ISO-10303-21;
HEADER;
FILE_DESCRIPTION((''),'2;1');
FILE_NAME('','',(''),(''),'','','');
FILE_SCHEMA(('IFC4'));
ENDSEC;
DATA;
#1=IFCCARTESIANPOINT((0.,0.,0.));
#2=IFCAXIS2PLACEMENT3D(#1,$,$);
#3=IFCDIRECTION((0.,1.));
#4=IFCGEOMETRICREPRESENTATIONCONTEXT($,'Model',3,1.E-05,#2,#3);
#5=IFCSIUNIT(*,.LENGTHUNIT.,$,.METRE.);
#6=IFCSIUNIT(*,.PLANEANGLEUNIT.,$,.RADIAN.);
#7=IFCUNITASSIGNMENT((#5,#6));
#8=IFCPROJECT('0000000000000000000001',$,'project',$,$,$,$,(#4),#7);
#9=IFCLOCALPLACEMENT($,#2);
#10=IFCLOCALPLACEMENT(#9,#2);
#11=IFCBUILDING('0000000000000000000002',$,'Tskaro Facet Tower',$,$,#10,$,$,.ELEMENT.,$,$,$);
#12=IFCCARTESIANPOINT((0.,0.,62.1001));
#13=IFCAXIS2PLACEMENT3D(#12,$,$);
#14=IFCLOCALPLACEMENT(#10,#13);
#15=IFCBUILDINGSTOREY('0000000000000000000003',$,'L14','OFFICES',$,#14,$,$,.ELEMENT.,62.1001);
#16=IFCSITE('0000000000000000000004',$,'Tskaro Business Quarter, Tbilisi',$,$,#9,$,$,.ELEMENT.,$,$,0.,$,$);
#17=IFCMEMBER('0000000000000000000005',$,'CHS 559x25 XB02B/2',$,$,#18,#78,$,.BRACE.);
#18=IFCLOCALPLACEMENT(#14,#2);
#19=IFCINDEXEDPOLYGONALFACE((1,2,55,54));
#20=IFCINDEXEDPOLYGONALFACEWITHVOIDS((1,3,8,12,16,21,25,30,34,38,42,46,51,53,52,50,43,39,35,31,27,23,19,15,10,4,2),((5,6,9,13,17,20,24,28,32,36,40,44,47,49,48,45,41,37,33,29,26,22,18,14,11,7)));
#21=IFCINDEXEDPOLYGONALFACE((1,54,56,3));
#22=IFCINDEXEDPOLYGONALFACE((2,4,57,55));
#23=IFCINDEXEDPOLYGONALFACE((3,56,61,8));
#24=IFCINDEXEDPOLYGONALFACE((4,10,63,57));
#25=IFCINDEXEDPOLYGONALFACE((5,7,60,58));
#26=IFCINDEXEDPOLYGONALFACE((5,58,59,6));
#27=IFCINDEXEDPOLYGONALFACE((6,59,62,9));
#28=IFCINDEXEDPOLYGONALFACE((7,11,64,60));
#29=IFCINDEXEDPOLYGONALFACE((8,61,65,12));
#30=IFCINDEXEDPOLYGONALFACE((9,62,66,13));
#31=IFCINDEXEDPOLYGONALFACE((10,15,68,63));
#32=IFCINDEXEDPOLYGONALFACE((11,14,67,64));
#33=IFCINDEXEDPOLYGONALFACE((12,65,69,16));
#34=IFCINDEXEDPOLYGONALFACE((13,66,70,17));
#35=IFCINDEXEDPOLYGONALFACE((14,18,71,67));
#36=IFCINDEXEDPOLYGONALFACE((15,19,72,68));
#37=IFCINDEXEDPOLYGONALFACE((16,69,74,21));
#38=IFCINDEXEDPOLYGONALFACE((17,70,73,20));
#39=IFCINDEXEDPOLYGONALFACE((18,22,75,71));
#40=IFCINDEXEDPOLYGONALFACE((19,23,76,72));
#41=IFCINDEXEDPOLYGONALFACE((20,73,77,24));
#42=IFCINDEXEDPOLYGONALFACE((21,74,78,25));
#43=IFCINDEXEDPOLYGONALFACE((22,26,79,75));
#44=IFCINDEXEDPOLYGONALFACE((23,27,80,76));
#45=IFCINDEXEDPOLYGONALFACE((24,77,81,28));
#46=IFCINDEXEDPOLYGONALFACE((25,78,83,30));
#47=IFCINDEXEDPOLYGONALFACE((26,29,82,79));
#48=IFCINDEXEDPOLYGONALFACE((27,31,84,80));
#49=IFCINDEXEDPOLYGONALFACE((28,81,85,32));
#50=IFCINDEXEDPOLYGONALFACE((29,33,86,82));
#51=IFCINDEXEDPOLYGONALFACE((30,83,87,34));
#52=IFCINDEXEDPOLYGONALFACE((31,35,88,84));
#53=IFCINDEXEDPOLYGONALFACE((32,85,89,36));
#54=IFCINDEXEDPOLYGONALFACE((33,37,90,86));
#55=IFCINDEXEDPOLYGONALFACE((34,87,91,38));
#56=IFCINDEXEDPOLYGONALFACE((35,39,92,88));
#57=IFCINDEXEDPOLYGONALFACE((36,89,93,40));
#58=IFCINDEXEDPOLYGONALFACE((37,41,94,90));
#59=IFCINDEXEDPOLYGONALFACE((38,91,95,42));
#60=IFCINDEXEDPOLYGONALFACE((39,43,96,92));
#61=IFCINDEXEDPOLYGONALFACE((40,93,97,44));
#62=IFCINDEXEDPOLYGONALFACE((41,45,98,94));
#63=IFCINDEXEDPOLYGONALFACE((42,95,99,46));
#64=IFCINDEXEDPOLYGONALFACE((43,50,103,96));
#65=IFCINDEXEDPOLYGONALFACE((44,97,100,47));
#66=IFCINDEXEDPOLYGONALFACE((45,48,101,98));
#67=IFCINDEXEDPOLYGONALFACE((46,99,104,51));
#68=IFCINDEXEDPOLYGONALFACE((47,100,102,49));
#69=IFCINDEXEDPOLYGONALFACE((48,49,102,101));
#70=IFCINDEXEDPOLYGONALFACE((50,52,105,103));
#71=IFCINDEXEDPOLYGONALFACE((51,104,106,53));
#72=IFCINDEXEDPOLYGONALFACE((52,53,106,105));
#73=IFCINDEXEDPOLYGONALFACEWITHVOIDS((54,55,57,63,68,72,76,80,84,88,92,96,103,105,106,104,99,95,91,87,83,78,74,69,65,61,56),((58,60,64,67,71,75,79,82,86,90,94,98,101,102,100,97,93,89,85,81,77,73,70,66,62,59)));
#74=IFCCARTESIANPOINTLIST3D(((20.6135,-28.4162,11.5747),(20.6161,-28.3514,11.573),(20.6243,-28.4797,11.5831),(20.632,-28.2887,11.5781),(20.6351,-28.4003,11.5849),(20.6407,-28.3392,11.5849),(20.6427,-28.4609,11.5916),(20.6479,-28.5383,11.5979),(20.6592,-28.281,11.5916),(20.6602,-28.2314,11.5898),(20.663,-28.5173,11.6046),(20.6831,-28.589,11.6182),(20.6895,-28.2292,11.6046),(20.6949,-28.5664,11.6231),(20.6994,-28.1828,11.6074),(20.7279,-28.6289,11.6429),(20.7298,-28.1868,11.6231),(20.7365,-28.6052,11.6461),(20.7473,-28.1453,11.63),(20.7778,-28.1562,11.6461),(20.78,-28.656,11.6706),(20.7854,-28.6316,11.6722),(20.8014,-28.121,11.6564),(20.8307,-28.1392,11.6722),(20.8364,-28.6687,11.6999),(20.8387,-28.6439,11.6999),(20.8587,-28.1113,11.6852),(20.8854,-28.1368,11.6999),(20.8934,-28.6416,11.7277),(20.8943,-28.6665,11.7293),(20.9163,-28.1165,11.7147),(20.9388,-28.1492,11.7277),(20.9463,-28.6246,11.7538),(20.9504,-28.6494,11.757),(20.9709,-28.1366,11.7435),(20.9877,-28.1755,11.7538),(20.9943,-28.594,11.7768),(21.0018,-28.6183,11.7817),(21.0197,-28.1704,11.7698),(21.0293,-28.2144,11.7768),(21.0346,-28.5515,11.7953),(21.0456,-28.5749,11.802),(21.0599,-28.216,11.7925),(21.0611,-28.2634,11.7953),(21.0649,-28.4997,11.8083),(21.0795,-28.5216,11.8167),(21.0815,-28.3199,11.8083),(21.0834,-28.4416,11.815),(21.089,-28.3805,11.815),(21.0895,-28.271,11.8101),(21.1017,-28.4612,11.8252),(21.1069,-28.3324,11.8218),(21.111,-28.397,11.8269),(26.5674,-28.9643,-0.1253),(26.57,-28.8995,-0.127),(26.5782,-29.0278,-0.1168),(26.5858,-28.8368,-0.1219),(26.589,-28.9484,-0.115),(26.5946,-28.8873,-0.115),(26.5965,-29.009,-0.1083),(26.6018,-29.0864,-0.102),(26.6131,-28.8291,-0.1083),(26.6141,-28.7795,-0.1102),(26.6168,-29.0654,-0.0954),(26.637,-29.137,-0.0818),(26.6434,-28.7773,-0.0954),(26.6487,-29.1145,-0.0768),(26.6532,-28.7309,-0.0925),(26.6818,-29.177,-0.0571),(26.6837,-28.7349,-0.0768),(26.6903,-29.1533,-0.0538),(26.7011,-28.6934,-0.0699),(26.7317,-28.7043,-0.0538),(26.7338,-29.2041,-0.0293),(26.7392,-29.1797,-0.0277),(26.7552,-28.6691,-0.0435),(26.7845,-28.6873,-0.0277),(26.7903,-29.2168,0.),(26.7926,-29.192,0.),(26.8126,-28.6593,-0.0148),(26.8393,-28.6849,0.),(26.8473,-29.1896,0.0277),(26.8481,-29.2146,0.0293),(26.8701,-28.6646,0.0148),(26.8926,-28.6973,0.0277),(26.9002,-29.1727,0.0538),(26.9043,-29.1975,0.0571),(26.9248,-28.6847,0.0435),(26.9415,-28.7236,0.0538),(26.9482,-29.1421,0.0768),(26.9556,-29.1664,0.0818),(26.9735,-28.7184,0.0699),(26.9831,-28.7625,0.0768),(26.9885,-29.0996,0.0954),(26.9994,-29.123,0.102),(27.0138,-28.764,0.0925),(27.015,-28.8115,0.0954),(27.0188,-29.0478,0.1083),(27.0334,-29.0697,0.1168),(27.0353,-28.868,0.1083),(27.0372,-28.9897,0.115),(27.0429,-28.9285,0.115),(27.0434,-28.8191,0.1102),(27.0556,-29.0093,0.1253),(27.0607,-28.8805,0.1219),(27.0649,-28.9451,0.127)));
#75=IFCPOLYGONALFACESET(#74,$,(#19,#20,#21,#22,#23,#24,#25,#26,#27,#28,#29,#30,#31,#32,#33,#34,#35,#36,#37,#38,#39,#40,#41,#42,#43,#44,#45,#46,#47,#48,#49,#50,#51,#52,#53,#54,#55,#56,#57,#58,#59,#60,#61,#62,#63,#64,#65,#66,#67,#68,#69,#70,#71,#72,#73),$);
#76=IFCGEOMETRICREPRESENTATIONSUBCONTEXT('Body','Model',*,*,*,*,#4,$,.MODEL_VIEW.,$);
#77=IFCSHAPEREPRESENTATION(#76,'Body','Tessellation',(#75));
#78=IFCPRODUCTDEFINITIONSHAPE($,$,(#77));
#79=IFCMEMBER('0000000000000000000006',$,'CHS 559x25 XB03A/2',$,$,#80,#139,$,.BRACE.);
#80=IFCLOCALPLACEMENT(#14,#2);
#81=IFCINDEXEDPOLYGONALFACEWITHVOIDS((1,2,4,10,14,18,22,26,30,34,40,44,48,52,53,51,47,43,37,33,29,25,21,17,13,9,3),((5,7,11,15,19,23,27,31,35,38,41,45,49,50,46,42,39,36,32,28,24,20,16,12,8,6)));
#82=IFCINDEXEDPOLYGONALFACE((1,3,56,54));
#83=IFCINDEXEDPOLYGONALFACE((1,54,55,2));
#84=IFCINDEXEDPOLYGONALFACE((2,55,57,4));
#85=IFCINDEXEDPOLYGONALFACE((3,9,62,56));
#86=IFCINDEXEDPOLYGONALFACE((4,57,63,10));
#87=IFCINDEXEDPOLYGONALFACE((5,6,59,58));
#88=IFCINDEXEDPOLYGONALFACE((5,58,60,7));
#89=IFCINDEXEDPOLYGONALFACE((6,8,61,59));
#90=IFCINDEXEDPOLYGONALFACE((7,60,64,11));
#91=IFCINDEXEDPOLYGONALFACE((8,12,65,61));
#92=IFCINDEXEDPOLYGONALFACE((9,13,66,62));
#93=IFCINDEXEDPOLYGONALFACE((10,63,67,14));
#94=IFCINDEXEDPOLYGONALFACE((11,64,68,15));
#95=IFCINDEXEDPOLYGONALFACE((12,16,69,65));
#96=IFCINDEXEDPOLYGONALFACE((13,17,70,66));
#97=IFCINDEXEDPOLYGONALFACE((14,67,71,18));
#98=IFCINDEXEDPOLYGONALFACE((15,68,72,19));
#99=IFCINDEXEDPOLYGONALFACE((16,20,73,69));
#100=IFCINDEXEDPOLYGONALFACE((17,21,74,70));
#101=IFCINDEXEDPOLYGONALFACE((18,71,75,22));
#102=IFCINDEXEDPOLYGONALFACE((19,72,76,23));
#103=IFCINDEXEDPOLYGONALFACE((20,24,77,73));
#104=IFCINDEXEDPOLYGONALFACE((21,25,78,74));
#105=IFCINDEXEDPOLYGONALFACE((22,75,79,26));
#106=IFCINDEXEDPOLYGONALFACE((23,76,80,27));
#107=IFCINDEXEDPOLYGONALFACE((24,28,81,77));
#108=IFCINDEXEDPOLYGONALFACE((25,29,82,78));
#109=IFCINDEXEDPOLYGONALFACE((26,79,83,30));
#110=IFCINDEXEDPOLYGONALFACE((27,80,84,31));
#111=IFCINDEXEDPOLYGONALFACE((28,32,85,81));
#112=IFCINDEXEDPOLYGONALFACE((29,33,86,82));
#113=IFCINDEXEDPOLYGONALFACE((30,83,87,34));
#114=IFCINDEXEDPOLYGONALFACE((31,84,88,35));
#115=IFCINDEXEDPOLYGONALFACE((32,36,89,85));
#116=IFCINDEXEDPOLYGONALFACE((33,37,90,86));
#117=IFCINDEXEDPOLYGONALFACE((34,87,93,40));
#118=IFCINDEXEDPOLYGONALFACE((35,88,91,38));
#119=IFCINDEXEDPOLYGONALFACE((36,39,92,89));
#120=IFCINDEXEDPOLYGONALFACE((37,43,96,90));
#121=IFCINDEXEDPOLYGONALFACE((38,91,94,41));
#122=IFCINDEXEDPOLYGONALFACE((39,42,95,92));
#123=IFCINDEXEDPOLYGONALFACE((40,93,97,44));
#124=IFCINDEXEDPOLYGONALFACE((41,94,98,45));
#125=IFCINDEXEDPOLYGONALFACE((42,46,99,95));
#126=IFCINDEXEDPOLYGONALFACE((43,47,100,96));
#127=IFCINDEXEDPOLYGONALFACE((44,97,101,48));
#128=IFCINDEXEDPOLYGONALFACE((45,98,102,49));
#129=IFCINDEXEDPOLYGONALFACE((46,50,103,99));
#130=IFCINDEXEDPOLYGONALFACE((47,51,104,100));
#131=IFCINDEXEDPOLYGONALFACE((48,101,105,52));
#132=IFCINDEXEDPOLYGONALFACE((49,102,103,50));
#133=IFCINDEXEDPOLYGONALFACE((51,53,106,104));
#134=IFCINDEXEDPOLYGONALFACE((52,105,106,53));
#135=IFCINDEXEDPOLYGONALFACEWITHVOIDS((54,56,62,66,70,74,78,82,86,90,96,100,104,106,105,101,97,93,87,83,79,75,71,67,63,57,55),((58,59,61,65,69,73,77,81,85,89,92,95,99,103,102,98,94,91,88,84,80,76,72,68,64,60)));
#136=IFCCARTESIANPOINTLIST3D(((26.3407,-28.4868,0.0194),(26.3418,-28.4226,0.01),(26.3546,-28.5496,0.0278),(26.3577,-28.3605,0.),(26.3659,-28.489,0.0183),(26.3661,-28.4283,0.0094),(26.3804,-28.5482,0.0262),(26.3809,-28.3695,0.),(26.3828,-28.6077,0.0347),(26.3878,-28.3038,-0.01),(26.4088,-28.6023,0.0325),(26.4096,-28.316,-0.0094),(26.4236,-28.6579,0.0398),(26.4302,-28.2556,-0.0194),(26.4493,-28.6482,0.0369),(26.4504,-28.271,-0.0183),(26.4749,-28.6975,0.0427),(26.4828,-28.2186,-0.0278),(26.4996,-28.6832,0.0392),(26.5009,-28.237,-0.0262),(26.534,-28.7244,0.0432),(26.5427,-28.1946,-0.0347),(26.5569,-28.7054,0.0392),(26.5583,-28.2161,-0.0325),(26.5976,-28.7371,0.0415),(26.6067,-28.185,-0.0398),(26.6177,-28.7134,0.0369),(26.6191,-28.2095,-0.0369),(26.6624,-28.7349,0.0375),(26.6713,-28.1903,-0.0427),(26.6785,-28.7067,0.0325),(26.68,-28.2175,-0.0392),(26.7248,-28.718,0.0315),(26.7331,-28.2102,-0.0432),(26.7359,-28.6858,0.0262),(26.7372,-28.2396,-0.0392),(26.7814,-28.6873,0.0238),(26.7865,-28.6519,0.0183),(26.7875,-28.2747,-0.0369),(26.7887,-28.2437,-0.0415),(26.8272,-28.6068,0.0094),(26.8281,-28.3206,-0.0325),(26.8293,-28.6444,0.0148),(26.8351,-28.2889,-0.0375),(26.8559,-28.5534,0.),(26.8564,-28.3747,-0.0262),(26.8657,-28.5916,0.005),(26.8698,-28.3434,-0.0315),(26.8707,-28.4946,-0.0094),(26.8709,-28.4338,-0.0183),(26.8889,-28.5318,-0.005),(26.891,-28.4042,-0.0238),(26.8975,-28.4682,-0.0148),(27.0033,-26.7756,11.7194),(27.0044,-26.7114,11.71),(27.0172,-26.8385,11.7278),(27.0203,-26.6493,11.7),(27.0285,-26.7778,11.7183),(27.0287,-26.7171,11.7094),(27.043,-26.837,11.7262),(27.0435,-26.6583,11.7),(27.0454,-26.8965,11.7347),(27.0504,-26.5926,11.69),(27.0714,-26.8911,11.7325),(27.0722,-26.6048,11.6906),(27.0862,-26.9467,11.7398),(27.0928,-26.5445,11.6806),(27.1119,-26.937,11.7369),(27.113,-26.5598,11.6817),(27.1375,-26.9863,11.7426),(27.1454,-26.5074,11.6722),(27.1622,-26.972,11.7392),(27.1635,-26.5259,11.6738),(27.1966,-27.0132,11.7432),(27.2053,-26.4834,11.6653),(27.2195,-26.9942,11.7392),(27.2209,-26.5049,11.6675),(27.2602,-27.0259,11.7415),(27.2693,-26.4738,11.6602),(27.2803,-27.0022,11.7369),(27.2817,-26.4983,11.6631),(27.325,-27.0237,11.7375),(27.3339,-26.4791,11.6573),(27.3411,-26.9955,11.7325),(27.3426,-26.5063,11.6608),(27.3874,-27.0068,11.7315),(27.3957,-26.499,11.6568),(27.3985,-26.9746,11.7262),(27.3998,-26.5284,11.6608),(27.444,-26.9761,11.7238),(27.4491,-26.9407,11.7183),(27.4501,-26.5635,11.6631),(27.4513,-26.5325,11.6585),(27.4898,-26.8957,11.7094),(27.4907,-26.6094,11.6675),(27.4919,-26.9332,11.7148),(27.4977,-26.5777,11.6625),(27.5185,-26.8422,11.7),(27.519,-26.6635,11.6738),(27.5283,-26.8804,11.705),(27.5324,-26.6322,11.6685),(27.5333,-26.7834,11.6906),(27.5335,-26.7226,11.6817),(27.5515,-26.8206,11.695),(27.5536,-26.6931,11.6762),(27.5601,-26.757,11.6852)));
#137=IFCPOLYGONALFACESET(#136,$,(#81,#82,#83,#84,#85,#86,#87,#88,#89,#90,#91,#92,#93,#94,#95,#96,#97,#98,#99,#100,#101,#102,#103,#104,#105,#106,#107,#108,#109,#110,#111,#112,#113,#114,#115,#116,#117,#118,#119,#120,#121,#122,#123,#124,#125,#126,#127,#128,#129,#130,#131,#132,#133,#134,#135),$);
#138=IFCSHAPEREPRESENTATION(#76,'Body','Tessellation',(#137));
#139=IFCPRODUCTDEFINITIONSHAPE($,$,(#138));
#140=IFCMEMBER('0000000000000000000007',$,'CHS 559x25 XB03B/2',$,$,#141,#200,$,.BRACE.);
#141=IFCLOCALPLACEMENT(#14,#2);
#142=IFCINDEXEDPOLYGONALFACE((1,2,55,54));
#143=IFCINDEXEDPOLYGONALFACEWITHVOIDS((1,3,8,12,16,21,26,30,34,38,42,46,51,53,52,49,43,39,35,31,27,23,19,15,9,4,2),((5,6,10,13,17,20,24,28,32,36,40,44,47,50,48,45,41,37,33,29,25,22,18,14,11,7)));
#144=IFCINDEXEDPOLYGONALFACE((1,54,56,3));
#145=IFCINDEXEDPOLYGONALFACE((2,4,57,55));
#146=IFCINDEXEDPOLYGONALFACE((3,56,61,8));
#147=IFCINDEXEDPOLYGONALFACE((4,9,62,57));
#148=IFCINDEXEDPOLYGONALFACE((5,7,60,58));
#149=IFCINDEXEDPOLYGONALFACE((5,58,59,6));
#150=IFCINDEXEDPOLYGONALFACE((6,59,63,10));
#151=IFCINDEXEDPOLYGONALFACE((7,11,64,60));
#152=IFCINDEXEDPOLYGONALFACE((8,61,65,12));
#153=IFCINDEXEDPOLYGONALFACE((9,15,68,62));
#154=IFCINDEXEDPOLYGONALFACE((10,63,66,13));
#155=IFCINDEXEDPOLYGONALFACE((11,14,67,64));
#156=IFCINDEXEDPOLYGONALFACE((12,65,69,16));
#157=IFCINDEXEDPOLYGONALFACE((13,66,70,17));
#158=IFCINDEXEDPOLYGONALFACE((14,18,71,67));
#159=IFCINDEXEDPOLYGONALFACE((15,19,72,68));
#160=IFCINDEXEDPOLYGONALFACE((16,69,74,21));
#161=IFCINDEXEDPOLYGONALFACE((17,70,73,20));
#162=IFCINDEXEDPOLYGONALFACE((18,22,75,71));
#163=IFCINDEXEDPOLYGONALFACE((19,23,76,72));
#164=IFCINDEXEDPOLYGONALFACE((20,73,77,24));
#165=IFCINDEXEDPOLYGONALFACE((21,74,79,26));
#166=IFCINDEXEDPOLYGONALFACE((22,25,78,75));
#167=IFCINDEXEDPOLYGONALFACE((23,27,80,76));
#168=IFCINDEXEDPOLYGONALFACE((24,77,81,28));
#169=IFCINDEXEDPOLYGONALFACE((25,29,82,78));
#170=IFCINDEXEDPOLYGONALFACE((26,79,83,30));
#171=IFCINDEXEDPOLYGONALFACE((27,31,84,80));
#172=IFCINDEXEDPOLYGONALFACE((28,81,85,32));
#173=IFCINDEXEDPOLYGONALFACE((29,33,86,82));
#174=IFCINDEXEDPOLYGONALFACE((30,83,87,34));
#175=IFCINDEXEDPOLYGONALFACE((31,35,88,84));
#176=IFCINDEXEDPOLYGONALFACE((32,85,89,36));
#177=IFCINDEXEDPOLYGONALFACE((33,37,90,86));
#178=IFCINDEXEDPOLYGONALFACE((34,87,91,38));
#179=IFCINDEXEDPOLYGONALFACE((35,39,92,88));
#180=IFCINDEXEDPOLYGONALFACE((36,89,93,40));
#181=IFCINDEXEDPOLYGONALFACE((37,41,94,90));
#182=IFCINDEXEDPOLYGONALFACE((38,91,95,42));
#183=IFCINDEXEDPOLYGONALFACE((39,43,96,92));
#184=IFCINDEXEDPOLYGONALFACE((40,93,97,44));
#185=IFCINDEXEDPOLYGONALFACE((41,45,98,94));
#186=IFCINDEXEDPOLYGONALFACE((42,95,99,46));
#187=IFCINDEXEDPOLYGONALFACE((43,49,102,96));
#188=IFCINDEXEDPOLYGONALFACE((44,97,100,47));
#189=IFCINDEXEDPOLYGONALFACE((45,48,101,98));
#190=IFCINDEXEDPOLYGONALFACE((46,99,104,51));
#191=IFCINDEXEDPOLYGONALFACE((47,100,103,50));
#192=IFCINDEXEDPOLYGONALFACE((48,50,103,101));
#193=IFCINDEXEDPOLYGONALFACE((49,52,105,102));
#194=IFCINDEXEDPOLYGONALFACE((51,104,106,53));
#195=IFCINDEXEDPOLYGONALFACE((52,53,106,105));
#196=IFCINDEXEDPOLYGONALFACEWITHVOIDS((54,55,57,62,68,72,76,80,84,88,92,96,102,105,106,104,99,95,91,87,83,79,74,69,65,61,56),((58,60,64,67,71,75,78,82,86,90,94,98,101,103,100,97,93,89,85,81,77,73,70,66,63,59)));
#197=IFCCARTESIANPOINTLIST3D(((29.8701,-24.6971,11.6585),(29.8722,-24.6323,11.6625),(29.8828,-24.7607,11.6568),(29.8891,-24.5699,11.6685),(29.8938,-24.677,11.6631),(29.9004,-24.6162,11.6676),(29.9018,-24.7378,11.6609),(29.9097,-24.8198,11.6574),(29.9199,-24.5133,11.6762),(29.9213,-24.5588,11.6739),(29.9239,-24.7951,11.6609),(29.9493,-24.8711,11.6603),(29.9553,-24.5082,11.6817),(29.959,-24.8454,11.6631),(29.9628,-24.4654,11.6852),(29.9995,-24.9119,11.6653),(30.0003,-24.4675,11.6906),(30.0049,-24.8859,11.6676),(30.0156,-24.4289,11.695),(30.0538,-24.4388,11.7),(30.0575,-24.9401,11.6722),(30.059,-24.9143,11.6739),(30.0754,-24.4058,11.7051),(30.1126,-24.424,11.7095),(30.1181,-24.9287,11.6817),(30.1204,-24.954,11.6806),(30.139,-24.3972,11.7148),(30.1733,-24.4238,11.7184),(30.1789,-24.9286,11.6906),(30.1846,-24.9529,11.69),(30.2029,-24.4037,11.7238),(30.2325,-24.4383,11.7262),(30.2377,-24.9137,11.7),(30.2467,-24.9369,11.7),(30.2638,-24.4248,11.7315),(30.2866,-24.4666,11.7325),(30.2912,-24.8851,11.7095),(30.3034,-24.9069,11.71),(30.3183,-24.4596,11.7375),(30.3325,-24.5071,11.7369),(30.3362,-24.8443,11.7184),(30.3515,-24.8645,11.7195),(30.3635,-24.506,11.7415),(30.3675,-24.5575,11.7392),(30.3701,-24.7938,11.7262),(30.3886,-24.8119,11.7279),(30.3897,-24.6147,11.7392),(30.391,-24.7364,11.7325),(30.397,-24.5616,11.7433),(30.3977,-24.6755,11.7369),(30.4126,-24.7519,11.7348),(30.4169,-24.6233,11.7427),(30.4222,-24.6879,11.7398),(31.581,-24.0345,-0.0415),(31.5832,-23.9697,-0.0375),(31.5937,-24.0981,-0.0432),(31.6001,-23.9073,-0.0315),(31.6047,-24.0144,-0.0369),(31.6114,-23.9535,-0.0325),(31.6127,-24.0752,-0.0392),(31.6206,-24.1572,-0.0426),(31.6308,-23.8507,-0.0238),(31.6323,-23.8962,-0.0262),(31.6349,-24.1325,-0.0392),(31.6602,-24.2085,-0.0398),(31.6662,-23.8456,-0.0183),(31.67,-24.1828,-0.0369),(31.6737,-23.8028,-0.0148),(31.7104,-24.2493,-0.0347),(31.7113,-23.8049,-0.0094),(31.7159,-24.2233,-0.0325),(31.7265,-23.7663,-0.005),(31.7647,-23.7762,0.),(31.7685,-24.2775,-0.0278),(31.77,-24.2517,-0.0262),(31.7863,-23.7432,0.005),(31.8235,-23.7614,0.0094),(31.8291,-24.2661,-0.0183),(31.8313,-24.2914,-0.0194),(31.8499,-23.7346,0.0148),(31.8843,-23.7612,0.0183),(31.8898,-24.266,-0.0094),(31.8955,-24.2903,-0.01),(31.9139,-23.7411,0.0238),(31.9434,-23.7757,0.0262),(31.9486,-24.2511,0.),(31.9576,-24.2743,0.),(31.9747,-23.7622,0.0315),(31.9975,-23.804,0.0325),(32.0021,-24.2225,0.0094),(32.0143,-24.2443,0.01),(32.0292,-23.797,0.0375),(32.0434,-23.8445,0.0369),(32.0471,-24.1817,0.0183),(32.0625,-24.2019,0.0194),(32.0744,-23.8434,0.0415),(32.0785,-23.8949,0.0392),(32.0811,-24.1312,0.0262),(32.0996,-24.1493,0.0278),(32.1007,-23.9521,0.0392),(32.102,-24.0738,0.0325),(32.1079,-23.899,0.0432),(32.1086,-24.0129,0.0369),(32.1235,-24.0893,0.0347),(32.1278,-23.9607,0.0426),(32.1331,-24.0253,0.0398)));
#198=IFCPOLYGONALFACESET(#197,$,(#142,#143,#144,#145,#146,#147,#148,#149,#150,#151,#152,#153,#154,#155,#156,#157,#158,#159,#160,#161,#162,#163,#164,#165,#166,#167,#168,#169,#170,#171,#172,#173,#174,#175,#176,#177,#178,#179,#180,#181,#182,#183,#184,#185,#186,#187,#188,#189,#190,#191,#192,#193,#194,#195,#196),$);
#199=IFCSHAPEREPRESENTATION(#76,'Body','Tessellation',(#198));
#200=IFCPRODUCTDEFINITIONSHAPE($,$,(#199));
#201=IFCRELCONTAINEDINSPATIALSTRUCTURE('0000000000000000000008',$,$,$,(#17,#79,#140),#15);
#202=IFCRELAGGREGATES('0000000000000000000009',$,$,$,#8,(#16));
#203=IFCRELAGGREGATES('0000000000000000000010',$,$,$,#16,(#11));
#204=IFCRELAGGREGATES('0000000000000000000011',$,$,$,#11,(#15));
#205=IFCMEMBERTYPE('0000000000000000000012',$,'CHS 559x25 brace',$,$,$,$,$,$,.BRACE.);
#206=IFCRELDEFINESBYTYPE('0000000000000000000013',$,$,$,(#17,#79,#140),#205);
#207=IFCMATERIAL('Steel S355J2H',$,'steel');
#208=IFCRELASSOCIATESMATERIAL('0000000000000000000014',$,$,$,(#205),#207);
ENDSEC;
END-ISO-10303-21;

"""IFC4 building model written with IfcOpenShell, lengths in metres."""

from ifc_helpers import new_model, si_unit, direction, frame, origin, origin_2d, place, context, subcontext, project, spatial, hollow_circle, extrude, material, material_profile, profile_set, type_object, element, save


model = new_model("IFC4")

# Units and contexts
model_context = context("Model", 3, precision=1e-05, world=origin(), true_north=direction((0.0, 1.0)))
body_context = subcontext(model_context, "Body", "Model", "MODEL_VIEW")
ifc_project = project(units=[si_unit("LENGTHUNIT", "METRE"), si_unit("PLANEANGLEUNIT", "RADIAN")], contexts=[model_context])

# Site, building, storey
site_placement = place(None, origin())
site = spatial("IfcSite", under=ifc_project, at=site_placement, Name="Tskaro Business Quarter, Tbilisi", CompositionType="ELEMENT", RefElevation=0.0)
building_placement = place(site_placement, origin())
building = spatial("IfcBuilding", under=site, at=building_placement, Name="Tskaro Facet Tower", CompositionType="ELEMENT")
storey_placement = place(building_placement, frame((0.0, 0.0, 62.1001)))
storey = spatial("IfcBuildingStorey", under=building, at=storey_placement, Name="L14", Description="OFFICES", CompositionType="ELEMENT", Elevation=62.1001)

# Shared definitions
ifc_material_1 = material(Name="Steel S355J2H", Category="steel")

# Members
ifc_material_profile_1 = material_profile(ifc_material_1, hollow_circle(Radius=0.2795, WallThickness=0.0249, at=origin_2d()), Name="CHS 559x25")
ifc_profile_set_1 = profile_set([ifc_material_profile_1], Name="Steel S355J2H")
member_type_1 = type_object("IfcMemberType", Name="CHS 559x25 brace", PredefinedType="BRACE", material=ifc_profile_set_1)
member_1_placement = place(storey_placement, frame((26.8159, -28.9385, 0.0), z_axis=(-0.453138, 0.041715, 0.890464), x_axis=(-0.09167, -0.995789, 0.0)))
element("IfcMember", 1, at=member_1_placement, inside=storey, type_object=member_type_1, Name="CHS 559x25 XB02B/2", PredefinedType="BRACE", context=body_context, shape_type="SweptSolid", body=[
    extrude(hollow_circle(Radius=0.2795, WallThickness=0.0249, at=origin_2d()), origin(), (0.0, 0.0, 1.0), 13.1392),
])
for number, where, z_axis, x_axis, name in (
    (2, (26.6184, -28.4614, 0.0), (0.055949, 0.144489, 0.987923), (-0.932531, 0.361091, 0.0), "CHS 559x25 XB03A/2"),
    (3, (31.8567, -24.0137, 0.0), (-0.144469, -0.055949, 0.987926), (0.361136, -0.932513, 0.0), "CHS 559x25 XB03B/2"),
):
    element("IfcMember", number, at=place(storey_placement, frame(where, z_axis=z_axis, x_axis=x_axis)), inside=storey, type_object=member_type_1, Name=name, PredefinedType="BRACE", context=body_context, shape_type="SweptSolid", body=[
        extrude(hollow_circle(Radius=0.2795, WallThickness=0.0249, at=origin_2d()), origin(), (0.0, 0.0, 1.0), 11.843),
    ])

save(model, "model.ifc")
